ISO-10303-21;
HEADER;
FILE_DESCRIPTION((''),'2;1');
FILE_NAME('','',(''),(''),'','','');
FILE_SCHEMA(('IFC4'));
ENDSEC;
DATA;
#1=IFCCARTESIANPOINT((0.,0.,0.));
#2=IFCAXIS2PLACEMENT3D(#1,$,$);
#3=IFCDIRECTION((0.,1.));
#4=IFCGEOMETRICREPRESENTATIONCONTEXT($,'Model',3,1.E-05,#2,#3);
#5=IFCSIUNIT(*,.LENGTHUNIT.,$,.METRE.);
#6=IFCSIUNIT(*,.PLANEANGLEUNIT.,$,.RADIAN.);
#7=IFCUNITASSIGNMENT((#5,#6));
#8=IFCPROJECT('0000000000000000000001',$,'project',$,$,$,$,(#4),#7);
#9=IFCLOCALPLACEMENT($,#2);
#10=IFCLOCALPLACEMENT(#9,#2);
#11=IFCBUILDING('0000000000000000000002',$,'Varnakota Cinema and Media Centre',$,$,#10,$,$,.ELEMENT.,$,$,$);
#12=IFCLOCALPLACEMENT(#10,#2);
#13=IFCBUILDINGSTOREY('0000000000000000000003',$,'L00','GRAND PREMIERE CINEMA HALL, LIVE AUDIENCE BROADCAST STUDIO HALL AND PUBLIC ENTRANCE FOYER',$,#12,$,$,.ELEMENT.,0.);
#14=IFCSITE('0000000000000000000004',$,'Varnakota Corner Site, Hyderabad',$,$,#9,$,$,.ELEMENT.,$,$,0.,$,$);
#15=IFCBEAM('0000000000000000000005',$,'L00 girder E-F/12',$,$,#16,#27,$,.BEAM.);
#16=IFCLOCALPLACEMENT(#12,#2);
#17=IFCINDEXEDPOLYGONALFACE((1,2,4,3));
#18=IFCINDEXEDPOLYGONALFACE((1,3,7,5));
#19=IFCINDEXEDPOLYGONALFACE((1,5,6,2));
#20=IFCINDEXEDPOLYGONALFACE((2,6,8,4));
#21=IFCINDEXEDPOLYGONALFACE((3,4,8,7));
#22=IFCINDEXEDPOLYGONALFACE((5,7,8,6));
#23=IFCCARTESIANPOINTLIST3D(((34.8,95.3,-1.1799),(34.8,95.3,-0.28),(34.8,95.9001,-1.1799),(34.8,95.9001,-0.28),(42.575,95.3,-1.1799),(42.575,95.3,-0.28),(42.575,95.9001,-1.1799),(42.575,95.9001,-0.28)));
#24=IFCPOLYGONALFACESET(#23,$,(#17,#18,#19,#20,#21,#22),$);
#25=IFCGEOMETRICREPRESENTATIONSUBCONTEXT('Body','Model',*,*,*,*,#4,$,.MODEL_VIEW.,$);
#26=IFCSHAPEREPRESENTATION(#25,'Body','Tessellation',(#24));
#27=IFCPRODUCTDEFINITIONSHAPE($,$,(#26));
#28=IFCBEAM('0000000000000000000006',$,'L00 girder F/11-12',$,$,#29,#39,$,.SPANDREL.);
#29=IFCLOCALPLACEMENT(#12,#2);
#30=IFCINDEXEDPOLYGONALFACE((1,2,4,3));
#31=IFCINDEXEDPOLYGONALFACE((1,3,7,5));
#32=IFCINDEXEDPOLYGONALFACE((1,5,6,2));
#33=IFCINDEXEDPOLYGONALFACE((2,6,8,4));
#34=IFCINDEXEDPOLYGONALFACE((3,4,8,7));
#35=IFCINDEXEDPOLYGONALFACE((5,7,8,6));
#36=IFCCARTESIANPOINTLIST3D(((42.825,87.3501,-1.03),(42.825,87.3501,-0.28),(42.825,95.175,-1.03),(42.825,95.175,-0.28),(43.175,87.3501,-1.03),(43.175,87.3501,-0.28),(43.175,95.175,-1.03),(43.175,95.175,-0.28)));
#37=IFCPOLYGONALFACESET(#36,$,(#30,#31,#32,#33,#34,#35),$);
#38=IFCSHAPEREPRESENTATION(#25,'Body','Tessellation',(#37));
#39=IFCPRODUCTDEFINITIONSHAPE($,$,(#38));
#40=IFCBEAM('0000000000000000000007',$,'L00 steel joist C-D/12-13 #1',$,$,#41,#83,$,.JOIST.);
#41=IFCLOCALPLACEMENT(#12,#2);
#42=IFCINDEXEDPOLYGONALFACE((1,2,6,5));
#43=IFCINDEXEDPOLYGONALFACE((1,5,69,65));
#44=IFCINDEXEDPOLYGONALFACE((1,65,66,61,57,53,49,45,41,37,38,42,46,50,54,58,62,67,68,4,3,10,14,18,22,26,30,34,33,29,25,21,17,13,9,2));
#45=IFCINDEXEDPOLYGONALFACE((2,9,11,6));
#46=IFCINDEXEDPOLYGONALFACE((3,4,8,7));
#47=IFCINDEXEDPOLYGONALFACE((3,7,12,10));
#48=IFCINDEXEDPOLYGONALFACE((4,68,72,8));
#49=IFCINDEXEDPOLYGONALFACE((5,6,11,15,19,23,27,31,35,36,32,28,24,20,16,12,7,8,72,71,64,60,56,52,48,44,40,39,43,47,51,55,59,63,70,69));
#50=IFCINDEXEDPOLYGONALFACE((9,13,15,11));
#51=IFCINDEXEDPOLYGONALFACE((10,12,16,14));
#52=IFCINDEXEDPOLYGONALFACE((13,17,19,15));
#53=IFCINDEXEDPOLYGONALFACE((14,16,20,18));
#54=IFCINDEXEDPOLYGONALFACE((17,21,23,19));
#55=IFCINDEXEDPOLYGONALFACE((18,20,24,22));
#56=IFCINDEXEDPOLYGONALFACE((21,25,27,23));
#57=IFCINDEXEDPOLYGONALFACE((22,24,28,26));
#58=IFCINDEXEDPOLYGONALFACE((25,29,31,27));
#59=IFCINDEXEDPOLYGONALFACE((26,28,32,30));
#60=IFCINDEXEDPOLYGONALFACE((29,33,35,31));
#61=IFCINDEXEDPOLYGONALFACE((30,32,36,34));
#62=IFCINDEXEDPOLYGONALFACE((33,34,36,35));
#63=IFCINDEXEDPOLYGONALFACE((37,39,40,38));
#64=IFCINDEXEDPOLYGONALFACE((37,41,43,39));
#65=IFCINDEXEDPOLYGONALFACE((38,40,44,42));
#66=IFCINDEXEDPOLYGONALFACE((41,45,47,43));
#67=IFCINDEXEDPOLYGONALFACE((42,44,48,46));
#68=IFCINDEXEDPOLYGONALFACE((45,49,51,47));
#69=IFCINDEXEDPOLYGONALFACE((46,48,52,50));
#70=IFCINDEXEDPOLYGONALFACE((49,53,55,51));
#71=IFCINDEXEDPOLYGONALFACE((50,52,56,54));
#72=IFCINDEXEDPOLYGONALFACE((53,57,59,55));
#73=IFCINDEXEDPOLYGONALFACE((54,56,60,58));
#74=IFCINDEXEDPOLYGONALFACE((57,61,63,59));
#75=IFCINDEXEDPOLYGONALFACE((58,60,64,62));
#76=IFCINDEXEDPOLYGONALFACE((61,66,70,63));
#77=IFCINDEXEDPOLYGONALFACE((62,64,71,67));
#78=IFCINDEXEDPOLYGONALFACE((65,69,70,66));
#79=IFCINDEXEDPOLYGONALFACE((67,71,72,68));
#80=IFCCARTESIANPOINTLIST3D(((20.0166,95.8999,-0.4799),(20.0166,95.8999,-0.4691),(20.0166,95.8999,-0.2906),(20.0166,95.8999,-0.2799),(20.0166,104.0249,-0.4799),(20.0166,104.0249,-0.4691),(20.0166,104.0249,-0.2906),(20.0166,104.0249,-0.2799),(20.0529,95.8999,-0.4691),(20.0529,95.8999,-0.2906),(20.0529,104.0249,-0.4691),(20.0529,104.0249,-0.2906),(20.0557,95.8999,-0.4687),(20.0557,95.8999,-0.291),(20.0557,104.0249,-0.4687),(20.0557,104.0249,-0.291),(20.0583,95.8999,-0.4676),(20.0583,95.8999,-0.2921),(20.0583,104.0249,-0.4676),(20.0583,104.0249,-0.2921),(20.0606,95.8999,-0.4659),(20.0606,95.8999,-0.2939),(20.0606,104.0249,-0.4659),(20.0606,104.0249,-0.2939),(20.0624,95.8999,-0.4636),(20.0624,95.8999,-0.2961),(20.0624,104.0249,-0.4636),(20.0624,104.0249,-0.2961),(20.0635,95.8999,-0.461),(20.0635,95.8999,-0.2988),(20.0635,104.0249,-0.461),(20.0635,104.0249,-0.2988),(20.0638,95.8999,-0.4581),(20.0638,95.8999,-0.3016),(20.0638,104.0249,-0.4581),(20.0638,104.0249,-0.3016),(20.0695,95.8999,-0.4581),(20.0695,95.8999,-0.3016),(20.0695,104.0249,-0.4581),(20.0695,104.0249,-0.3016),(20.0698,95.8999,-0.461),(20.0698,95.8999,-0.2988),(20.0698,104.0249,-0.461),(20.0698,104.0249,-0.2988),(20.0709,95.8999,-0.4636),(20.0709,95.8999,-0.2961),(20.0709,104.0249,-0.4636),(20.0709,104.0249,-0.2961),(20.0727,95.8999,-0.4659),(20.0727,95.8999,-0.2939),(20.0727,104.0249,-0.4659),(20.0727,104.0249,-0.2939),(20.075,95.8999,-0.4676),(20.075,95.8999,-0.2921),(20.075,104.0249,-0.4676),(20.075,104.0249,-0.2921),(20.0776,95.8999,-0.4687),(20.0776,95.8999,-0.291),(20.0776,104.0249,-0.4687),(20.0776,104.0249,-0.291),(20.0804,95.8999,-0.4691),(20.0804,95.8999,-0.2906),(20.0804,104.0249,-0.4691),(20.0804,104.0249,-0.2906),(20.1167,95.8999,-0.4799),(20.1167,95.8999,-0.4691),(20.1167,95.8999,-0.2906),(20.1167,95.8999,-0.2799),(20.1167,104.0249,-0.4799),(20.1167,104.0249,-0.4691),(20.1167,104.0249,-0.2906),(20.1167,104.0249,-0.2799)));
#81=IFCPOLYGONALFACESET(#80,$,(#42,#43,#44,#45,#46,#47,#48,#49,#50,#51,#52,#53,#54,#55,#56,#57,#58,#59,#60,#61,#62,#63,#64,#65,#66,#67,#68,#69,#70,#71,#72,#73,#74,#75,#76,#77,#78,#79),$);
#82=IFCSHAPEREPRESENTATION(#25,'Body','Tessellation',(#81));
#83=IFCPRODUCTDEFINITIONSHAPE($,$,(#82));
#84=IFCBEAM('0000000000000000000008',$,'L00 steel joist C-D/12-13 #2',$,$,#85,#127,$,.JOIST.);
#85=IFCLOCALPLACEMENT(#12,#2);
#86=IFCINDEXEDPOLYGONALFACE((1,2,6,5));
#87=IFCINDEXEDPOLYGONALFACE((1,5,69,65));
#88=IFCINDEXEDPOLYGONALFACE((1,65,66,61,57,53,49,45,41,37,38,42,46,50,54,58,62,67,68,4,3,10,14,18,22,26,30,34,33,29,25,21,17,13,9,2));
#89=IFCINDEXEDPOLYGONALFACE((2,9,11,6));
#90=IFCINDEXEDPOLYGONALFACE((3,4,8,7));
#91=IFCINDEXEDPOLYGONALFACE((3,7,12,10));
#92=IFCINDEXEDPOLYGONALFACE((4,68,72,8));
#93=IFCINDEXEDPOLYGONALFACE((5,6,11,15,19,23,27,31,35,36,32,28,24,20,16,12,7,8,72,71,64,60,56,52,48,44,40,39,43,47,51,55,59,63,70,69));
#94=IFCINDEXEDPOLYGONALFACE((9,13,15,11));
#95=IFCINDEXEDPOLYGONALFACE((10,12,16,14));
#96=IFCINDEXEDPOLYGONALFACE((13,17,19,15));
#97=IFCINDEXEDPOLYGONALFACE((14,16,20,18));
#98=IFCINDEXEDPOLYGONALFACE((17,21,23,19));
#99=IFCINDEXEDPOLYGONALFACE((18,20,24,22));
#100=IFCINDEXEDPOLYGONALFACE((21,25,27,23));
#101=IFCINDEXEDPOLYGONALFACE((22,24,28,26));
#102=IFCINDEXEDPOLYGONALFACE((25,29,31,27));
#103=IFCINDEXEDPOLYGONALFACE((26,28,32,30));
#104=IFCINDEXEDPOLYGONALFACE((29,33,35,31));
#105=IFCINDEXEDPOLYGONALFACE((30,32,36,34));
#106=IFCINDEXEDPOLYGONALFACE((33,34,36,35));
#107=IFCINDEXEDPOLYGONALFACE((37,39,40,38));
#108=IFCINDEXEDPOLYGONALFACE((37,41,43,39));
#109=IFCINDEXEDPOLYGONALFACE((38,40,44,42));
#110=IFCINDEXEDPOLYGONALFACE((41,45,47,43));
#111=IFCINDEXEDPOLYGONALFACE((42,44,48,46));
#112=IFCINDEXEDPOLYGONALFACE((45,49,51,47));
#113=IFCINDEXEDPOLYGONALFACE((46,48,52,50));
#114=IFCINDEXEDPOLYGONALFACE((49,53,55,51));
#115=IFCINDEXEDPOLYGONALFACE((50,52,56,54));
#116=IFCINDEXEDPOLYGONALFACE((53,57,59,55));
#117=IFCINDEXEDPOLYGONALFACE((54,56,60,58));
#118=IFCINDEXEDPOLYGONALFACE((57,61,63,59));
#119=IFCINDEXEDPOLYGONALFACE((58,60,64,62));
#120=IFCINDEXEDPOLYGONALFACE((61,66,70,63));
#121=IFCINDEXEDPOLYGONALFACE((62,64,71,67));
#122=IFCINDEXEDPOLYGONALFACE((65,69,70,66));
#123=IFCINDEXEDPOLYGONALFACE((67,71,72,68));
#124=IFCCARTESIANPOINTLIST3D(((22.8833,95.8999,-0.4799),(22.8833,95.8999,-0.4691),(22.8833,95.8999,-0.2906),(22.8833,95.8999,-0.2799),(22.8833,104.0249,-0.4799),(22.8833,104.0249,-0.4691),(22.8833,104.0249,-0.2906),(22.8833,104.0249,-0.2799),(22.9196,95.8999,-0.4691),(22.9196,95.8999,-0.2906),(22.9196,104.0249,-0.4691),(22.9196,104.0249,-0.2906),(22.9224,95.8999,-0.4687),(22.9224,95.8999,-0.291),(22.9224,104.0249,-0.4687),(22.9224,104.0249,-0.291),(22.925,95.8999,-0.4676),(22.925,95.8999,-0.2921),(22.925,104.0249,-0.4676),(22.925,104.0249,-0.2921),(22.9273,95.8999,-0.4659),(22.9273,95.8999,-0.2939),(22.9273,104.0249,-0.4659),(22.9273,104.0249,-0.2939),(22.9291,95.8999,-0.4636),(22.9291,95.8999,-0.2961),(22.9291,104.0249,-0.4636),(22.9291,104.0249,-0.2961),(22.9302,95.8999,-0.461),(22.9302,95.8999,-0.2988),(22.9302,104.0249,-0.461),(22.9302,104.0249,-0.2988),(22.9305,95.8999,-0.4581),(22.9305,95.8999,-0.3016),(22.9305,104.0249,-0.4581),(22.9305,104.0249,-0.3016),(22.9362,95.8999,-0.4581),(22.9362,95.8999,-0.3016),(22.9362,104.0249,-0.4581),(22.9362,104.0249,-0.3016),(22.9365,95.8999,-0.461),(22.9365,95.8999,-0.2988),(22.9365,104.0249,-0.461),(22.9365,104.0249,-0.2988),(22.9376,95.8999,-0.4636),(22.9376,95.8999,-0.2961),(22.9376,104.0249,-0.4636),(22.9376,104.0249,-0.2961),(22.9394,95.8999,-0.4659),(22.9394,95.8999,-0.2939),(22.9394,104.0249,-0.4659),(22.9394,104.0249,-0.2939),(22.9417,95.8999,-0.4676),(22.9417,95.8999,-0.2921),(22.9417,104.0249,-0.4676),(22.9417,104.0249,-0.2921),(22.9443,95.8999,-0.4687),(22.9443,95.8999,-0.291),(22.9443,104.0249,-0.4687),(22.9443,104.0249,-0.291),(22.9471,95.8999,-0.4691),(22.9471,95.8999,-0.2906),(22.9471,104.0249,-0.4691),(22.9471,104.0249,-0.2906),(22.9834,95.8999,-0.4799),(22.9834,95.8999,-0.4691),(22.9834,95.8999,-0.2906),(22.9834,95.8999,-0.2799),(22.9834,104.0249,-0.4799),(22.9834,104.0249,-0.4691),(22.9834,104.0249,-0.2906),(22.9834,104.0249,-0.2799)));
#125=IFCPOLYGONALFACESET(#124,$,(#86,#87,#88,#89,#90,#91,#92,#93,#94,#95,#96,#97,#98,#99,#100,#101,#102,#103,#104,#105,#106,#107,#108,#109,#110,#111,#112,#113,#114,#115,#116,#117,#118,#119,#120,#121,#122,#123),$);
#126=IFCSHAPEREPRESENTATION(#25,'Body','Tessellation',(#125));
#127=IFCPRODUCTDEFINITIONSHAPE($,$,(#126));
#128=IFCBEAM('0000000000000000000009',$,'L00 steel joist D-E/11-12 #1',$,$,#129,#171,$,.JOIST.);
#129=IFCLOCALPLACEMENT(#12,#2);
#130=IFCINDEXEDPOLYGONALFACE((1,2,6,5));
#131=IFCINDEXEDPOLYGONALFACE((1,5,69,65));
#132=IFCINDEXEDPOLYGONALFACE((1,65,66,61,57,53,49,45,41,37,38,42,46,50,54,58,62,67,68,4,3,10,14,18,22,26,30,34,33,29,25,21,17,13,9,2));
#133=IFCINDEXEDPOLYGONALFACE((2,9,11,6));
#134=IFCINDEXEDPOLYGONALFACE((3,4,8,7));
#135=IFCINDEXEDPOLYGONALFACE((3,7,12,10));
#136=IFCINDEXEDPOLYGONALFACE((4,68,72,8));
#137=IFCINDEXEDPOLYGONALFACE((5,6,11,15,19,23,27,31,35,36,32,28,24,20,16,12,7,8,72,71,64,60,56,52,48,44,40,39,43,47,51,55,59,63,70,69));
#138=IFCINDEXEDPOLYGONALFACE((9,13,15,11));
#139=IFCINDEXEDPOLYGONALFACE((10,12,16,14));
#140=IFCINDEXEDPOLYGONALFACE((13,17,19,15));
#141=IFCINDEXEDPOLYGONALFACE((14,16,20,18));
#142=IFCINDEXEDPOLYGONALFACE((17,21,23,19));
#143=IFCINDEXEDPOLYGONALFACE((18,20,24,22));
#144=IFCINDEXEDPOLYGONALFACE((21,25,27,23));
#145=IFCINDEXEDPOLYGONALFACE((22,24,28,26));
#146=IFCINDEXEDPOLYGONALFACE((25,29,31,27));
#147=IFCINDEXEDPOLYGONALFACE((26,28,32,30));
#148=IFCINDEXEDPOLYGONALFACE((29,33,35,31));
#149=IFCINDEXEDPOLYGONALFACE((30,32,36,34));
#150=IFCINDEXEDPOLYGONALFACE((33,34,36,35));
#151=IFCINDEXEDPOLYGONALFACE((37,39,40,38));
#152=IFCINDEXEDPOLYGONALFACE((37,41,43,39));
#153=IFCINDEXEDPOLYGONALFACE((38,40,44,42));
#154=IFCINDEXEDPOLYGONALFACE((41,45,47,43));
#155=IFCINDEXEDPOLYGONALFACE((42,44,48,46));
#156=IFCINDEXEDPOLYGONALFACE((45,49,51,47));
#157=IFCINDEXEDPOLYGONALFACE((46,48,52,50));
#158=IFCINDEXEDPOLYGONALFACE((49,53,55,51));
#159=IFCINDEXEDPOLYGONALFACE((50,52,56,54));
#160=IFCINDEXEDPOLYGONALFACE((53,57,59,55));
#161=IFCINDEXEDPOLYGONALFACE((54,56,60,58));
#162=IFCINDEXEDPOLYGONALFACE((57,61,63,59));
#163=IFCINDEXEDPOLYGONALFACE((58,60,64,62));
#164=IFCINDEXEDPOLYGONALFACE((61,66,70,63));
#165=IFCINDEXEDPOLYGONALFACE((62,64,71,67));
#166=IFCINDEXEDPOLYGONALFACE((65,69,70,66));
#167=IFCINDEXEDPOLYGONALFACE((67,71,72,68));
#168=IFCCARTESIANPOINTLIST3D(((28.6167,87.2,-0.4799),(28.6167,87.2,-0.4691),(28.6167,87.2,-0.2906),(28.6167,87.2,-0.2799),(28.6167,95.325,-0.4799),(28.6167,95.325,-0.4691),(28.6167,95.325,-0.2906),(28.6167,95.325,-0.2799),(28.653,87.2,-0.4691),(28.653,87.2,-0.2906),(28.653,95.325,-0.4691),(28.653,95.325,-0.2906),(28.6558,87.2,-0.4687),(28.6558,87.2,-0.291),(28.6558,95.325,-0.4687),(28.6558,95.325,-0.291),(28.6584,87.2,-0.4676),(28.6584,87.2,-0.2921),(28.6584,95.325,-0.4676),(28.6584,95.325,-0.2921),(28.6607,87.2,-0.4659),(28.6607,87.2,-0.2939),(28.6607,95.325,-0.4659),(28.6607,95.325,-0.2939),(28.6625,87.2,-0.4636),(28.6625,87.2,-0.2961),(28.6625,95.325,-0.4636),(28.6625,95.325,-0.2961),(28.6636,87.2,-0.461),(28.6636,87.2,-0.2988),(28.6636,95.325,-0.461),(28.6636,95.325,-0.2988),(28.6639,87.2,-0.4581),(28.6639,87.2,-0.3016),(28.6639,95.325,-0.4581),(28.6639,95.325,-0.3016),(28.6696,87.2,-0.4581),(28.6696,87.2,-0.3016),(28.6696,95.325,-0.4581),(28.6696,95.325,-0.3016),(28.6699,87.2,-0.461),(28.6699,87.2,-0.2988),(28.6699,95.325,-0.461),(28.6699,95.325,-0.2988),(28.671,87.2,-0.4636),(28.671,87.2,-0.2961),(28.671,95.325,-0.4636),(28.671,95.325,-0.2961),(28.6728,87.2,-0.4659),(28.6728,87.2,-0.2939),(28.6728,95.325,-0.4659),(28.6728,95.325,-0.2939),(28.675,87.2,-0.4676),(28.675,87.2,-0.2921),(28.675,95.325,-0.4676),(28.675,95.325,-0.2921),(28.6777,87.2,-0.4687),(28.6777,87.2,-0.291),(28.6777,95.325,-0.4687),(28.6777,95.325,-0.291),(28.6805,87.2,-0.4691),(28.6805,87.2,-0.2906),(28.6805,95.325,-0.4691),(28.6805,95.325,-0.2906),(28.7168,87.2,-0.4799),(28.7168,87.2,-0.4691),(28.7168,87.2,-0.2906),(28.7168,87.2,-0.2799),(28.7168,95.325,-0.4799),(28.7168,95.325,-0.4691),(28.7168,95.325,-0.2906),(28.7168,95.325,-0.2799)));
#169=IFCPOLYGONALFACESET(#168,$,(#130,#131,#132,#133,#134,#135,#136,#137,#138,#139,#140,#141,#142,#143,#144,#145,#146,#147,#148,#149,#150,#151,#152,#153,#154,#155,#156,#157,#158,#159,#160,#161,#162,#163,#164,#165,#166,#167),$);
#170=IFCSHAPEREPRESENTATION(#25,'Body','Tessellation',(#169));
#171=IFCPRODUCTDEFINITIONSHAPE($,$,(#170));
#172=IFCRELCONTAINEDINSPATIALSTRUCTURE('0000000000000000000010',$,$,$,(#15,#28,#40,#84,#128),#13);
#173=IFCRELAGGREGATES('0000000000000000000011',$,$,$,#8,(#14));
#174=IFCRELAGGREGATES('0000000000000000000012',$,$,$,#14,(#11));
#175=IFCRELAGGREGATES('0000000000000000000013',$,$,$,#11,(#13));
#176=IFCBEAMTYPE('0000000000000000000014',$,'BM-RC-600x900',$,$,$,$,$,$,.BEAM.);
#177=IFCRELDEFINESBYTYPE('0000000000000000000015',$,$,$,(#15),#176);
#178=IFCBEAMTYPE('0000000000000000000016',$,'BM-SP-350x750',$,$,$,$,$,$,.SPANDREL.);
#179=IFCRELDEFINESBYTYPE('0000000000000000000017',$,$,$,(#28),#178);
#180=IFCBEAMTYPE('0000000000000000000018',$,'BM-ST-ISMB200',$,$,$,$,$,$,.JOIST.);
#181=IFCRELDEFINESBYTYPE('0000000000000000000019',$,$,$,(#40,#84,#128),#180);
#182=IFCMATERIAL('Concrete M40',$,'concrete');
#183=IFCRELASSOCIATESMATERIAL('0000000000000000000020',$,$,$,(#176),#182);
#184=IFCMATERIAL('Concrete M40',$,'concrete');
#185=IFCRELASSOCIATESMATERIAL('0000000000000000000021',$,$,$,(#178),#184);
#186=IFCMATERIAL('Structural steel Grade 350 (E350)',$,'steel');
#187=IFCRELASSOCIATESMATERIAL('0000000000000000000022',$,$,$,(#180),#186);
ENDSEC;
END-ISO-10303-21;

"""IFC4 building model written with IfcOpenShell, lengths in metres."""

from ifc_helpers import new_model, si_unit, direction, frame, origin, origin_2d, place, context, subcontext, project, spatial, rectangle, i_section, extrude, material, material_profile, profile_set, type_object, element, save


model = new_model("IFC4")

# Units and contexts
model_context = context("Model", 3, precision=1e-05, world=origin(), true_north=direction((0.0, 1.0)))
body_context = subcontext(model_context, "Body", "Model", "MODEL_VIEW")
ifc_project = project(units=[si_unit("LENGTHUNIT", "METRE"), si_unit("PLANEANGLEUNIT", "RADIAN")], contexts=[model_context])

# Site, building, storey
site_placement = place(None, origin())
site = spatial("IfcSite", under=ifc_project, at=site_placement, Name="Varnakota Corner Site, Hyderabad", CompositionType="ELEMENT", RefElevation=0.0)
building_placement = place(site_placement, origin())
building = spatial("IfcBuilding", under=site, at=building_placement, Name="Varnakota Cinema and Media Centre", CompositionType="ELEMENT")
storey_placement = place(building_placement, origin())
storey = spatial("IfcBuildingStorey", under=building, at=storey_placement, Name="L00", Description="GRAND PREMIERE CINEMA HALL, LIVE AUDIENCE BROADCAST STUDIO HALL AND PUBLIC ENTRANCE FOYER", CompositionType="ELEMENT", Elevation=0.0)

# Beams
ifc_material_1 = material(Name="Concrete M40", Category="concrete")
ifc_material_profile_1 = material_profile(ifc_material_1, rectangle(XDim=0.6001, YDim=0.8999, at=origin_2d()), Name="RCB 600x900")
ifc_profile_set_1 = profile_set([ifc_material_profile_1], Name="Concrete M40")
beam_type_1 = type_object("IfcBeamType", Name="BM-RC-600x900", PredefinedType="BEAM", material=ifc_profile_set_1)
for number, where, z_axis, x_axis, name in (
    (1, (34.8, 95.6001, -0.73), (1.0, 0.0, 0.0), (0.0, 1.0, 0.0), "L00 girder E-F/12"),
):
    element("IfcBeam", number, at=place(storey_placement, frame(where, z_axis=z_axis, x_axis=x_axis)), inside=storey, type_object=beam_type_1, Name=name, PredefinedType="BEAM", context=body_context, shape_type="SweptSolid", body=[
        extrude(rectangle(XDim=0.6001, YDim=0.8999, at=origin_2d()), origin(), (0.0, 0.0, 1.0), 7.7749),
    ])
ifc_material_2 = material(Name="Concrete M40", Category="concrete")
ifc_material_profile_2 = material_profile(ifc_material_2, rectangle(XDim=0.3501, YDim=0.75, at=origin_2d()), Name="RCB 350x750")
ifc_profile_set_2 = profile_set([ifc_material_profile_2], Name="Concrete M40")
beam_type_2 = type_object("IfcBeamType", Name="BM-SP-350x750", PredefinedType="SPANDREL", material=ifc_profile_set_2)
beam_1_placement = place(storey_placement, frame((43.0, 87.3501, -0.655), z_axis=(0.0, 1.0, 0.0), x_axis=(-1.0, 0.0, 0.0)))
element("IfcBeam", 2, at=beam_1_placement, inside=storey, type_object=beam_type_2, Name="L00 girder F/11-12", PredefinedType="SPANDREL", context=body_context, shape_type="SweptSolid", body=[
    extrude(rectangle(XDim=0.3501, YDim=0.75, at=origin_2d()), origin(), (0.0, 0.0, 1.0), 7.825),
])
ifc_material_3 = material(Name="Structural steel Grade 350 (E350)", Category="steel")
ifc_material_profile_3 = material_profile(ifc_material_3, i_section(OverallWidth=0.1001, OverallDepth=0.2, WebThickness=0.0056, FlangeThickness=0.0107, FilletRadius=0.011, at=origin_2d()), Name="ISMB 200")
ifc_profile_set_3 = profile_set([ifc_material_profile_3], Name="Structural steel Grade 350 (E350)")
beam_type_3 = type_object("IfcBeamType", Name="BM-ST-ISMB200", PredefinedType="JOIST", material=ifc_profile_set_3)
for number, where, z_axis, x_axis, name in (
    (3, (20.0667, 95.8999, -0.3799), (0.0, 1.0, 0.0), (-1.0, 0.0, 0.0), "L00 steel joist C-D/12-13 #1"),
    (4, (22.9333, 95.8999, -0.3799), (0.0, 1.0, 0.0), (-1.0, 0.0, 0.0), "L00 steel joist C-D/12-13 #2"),
    (5, (28.6667, 87.2, -0.3799), (0.0, 1.0, 0.0), (-1.0, 0.0, 0.0), "L00 steel joist D-E/11-12 #1"),
):
    element("IfcBeam", number, at=place(storey_placement, frame(where, z_axis=z_axis, x_axis=x_axis)), inside=storey, type_object=beam_type_3, Name=name, PredefinedType="JOIST", context=body_context, shape_type="SweptSolid", body=[
        extrude(i_section(OverallWidth=0.1001, OverallDepth=0.2, WebThickness=0.0056, FlangeThickness=0.0107, FilletRadius=0.011, at=origin_2d()), origin(), (0.0, 0.0, 1.0), 8.125),
    ])

save(model, "model.ifc")
